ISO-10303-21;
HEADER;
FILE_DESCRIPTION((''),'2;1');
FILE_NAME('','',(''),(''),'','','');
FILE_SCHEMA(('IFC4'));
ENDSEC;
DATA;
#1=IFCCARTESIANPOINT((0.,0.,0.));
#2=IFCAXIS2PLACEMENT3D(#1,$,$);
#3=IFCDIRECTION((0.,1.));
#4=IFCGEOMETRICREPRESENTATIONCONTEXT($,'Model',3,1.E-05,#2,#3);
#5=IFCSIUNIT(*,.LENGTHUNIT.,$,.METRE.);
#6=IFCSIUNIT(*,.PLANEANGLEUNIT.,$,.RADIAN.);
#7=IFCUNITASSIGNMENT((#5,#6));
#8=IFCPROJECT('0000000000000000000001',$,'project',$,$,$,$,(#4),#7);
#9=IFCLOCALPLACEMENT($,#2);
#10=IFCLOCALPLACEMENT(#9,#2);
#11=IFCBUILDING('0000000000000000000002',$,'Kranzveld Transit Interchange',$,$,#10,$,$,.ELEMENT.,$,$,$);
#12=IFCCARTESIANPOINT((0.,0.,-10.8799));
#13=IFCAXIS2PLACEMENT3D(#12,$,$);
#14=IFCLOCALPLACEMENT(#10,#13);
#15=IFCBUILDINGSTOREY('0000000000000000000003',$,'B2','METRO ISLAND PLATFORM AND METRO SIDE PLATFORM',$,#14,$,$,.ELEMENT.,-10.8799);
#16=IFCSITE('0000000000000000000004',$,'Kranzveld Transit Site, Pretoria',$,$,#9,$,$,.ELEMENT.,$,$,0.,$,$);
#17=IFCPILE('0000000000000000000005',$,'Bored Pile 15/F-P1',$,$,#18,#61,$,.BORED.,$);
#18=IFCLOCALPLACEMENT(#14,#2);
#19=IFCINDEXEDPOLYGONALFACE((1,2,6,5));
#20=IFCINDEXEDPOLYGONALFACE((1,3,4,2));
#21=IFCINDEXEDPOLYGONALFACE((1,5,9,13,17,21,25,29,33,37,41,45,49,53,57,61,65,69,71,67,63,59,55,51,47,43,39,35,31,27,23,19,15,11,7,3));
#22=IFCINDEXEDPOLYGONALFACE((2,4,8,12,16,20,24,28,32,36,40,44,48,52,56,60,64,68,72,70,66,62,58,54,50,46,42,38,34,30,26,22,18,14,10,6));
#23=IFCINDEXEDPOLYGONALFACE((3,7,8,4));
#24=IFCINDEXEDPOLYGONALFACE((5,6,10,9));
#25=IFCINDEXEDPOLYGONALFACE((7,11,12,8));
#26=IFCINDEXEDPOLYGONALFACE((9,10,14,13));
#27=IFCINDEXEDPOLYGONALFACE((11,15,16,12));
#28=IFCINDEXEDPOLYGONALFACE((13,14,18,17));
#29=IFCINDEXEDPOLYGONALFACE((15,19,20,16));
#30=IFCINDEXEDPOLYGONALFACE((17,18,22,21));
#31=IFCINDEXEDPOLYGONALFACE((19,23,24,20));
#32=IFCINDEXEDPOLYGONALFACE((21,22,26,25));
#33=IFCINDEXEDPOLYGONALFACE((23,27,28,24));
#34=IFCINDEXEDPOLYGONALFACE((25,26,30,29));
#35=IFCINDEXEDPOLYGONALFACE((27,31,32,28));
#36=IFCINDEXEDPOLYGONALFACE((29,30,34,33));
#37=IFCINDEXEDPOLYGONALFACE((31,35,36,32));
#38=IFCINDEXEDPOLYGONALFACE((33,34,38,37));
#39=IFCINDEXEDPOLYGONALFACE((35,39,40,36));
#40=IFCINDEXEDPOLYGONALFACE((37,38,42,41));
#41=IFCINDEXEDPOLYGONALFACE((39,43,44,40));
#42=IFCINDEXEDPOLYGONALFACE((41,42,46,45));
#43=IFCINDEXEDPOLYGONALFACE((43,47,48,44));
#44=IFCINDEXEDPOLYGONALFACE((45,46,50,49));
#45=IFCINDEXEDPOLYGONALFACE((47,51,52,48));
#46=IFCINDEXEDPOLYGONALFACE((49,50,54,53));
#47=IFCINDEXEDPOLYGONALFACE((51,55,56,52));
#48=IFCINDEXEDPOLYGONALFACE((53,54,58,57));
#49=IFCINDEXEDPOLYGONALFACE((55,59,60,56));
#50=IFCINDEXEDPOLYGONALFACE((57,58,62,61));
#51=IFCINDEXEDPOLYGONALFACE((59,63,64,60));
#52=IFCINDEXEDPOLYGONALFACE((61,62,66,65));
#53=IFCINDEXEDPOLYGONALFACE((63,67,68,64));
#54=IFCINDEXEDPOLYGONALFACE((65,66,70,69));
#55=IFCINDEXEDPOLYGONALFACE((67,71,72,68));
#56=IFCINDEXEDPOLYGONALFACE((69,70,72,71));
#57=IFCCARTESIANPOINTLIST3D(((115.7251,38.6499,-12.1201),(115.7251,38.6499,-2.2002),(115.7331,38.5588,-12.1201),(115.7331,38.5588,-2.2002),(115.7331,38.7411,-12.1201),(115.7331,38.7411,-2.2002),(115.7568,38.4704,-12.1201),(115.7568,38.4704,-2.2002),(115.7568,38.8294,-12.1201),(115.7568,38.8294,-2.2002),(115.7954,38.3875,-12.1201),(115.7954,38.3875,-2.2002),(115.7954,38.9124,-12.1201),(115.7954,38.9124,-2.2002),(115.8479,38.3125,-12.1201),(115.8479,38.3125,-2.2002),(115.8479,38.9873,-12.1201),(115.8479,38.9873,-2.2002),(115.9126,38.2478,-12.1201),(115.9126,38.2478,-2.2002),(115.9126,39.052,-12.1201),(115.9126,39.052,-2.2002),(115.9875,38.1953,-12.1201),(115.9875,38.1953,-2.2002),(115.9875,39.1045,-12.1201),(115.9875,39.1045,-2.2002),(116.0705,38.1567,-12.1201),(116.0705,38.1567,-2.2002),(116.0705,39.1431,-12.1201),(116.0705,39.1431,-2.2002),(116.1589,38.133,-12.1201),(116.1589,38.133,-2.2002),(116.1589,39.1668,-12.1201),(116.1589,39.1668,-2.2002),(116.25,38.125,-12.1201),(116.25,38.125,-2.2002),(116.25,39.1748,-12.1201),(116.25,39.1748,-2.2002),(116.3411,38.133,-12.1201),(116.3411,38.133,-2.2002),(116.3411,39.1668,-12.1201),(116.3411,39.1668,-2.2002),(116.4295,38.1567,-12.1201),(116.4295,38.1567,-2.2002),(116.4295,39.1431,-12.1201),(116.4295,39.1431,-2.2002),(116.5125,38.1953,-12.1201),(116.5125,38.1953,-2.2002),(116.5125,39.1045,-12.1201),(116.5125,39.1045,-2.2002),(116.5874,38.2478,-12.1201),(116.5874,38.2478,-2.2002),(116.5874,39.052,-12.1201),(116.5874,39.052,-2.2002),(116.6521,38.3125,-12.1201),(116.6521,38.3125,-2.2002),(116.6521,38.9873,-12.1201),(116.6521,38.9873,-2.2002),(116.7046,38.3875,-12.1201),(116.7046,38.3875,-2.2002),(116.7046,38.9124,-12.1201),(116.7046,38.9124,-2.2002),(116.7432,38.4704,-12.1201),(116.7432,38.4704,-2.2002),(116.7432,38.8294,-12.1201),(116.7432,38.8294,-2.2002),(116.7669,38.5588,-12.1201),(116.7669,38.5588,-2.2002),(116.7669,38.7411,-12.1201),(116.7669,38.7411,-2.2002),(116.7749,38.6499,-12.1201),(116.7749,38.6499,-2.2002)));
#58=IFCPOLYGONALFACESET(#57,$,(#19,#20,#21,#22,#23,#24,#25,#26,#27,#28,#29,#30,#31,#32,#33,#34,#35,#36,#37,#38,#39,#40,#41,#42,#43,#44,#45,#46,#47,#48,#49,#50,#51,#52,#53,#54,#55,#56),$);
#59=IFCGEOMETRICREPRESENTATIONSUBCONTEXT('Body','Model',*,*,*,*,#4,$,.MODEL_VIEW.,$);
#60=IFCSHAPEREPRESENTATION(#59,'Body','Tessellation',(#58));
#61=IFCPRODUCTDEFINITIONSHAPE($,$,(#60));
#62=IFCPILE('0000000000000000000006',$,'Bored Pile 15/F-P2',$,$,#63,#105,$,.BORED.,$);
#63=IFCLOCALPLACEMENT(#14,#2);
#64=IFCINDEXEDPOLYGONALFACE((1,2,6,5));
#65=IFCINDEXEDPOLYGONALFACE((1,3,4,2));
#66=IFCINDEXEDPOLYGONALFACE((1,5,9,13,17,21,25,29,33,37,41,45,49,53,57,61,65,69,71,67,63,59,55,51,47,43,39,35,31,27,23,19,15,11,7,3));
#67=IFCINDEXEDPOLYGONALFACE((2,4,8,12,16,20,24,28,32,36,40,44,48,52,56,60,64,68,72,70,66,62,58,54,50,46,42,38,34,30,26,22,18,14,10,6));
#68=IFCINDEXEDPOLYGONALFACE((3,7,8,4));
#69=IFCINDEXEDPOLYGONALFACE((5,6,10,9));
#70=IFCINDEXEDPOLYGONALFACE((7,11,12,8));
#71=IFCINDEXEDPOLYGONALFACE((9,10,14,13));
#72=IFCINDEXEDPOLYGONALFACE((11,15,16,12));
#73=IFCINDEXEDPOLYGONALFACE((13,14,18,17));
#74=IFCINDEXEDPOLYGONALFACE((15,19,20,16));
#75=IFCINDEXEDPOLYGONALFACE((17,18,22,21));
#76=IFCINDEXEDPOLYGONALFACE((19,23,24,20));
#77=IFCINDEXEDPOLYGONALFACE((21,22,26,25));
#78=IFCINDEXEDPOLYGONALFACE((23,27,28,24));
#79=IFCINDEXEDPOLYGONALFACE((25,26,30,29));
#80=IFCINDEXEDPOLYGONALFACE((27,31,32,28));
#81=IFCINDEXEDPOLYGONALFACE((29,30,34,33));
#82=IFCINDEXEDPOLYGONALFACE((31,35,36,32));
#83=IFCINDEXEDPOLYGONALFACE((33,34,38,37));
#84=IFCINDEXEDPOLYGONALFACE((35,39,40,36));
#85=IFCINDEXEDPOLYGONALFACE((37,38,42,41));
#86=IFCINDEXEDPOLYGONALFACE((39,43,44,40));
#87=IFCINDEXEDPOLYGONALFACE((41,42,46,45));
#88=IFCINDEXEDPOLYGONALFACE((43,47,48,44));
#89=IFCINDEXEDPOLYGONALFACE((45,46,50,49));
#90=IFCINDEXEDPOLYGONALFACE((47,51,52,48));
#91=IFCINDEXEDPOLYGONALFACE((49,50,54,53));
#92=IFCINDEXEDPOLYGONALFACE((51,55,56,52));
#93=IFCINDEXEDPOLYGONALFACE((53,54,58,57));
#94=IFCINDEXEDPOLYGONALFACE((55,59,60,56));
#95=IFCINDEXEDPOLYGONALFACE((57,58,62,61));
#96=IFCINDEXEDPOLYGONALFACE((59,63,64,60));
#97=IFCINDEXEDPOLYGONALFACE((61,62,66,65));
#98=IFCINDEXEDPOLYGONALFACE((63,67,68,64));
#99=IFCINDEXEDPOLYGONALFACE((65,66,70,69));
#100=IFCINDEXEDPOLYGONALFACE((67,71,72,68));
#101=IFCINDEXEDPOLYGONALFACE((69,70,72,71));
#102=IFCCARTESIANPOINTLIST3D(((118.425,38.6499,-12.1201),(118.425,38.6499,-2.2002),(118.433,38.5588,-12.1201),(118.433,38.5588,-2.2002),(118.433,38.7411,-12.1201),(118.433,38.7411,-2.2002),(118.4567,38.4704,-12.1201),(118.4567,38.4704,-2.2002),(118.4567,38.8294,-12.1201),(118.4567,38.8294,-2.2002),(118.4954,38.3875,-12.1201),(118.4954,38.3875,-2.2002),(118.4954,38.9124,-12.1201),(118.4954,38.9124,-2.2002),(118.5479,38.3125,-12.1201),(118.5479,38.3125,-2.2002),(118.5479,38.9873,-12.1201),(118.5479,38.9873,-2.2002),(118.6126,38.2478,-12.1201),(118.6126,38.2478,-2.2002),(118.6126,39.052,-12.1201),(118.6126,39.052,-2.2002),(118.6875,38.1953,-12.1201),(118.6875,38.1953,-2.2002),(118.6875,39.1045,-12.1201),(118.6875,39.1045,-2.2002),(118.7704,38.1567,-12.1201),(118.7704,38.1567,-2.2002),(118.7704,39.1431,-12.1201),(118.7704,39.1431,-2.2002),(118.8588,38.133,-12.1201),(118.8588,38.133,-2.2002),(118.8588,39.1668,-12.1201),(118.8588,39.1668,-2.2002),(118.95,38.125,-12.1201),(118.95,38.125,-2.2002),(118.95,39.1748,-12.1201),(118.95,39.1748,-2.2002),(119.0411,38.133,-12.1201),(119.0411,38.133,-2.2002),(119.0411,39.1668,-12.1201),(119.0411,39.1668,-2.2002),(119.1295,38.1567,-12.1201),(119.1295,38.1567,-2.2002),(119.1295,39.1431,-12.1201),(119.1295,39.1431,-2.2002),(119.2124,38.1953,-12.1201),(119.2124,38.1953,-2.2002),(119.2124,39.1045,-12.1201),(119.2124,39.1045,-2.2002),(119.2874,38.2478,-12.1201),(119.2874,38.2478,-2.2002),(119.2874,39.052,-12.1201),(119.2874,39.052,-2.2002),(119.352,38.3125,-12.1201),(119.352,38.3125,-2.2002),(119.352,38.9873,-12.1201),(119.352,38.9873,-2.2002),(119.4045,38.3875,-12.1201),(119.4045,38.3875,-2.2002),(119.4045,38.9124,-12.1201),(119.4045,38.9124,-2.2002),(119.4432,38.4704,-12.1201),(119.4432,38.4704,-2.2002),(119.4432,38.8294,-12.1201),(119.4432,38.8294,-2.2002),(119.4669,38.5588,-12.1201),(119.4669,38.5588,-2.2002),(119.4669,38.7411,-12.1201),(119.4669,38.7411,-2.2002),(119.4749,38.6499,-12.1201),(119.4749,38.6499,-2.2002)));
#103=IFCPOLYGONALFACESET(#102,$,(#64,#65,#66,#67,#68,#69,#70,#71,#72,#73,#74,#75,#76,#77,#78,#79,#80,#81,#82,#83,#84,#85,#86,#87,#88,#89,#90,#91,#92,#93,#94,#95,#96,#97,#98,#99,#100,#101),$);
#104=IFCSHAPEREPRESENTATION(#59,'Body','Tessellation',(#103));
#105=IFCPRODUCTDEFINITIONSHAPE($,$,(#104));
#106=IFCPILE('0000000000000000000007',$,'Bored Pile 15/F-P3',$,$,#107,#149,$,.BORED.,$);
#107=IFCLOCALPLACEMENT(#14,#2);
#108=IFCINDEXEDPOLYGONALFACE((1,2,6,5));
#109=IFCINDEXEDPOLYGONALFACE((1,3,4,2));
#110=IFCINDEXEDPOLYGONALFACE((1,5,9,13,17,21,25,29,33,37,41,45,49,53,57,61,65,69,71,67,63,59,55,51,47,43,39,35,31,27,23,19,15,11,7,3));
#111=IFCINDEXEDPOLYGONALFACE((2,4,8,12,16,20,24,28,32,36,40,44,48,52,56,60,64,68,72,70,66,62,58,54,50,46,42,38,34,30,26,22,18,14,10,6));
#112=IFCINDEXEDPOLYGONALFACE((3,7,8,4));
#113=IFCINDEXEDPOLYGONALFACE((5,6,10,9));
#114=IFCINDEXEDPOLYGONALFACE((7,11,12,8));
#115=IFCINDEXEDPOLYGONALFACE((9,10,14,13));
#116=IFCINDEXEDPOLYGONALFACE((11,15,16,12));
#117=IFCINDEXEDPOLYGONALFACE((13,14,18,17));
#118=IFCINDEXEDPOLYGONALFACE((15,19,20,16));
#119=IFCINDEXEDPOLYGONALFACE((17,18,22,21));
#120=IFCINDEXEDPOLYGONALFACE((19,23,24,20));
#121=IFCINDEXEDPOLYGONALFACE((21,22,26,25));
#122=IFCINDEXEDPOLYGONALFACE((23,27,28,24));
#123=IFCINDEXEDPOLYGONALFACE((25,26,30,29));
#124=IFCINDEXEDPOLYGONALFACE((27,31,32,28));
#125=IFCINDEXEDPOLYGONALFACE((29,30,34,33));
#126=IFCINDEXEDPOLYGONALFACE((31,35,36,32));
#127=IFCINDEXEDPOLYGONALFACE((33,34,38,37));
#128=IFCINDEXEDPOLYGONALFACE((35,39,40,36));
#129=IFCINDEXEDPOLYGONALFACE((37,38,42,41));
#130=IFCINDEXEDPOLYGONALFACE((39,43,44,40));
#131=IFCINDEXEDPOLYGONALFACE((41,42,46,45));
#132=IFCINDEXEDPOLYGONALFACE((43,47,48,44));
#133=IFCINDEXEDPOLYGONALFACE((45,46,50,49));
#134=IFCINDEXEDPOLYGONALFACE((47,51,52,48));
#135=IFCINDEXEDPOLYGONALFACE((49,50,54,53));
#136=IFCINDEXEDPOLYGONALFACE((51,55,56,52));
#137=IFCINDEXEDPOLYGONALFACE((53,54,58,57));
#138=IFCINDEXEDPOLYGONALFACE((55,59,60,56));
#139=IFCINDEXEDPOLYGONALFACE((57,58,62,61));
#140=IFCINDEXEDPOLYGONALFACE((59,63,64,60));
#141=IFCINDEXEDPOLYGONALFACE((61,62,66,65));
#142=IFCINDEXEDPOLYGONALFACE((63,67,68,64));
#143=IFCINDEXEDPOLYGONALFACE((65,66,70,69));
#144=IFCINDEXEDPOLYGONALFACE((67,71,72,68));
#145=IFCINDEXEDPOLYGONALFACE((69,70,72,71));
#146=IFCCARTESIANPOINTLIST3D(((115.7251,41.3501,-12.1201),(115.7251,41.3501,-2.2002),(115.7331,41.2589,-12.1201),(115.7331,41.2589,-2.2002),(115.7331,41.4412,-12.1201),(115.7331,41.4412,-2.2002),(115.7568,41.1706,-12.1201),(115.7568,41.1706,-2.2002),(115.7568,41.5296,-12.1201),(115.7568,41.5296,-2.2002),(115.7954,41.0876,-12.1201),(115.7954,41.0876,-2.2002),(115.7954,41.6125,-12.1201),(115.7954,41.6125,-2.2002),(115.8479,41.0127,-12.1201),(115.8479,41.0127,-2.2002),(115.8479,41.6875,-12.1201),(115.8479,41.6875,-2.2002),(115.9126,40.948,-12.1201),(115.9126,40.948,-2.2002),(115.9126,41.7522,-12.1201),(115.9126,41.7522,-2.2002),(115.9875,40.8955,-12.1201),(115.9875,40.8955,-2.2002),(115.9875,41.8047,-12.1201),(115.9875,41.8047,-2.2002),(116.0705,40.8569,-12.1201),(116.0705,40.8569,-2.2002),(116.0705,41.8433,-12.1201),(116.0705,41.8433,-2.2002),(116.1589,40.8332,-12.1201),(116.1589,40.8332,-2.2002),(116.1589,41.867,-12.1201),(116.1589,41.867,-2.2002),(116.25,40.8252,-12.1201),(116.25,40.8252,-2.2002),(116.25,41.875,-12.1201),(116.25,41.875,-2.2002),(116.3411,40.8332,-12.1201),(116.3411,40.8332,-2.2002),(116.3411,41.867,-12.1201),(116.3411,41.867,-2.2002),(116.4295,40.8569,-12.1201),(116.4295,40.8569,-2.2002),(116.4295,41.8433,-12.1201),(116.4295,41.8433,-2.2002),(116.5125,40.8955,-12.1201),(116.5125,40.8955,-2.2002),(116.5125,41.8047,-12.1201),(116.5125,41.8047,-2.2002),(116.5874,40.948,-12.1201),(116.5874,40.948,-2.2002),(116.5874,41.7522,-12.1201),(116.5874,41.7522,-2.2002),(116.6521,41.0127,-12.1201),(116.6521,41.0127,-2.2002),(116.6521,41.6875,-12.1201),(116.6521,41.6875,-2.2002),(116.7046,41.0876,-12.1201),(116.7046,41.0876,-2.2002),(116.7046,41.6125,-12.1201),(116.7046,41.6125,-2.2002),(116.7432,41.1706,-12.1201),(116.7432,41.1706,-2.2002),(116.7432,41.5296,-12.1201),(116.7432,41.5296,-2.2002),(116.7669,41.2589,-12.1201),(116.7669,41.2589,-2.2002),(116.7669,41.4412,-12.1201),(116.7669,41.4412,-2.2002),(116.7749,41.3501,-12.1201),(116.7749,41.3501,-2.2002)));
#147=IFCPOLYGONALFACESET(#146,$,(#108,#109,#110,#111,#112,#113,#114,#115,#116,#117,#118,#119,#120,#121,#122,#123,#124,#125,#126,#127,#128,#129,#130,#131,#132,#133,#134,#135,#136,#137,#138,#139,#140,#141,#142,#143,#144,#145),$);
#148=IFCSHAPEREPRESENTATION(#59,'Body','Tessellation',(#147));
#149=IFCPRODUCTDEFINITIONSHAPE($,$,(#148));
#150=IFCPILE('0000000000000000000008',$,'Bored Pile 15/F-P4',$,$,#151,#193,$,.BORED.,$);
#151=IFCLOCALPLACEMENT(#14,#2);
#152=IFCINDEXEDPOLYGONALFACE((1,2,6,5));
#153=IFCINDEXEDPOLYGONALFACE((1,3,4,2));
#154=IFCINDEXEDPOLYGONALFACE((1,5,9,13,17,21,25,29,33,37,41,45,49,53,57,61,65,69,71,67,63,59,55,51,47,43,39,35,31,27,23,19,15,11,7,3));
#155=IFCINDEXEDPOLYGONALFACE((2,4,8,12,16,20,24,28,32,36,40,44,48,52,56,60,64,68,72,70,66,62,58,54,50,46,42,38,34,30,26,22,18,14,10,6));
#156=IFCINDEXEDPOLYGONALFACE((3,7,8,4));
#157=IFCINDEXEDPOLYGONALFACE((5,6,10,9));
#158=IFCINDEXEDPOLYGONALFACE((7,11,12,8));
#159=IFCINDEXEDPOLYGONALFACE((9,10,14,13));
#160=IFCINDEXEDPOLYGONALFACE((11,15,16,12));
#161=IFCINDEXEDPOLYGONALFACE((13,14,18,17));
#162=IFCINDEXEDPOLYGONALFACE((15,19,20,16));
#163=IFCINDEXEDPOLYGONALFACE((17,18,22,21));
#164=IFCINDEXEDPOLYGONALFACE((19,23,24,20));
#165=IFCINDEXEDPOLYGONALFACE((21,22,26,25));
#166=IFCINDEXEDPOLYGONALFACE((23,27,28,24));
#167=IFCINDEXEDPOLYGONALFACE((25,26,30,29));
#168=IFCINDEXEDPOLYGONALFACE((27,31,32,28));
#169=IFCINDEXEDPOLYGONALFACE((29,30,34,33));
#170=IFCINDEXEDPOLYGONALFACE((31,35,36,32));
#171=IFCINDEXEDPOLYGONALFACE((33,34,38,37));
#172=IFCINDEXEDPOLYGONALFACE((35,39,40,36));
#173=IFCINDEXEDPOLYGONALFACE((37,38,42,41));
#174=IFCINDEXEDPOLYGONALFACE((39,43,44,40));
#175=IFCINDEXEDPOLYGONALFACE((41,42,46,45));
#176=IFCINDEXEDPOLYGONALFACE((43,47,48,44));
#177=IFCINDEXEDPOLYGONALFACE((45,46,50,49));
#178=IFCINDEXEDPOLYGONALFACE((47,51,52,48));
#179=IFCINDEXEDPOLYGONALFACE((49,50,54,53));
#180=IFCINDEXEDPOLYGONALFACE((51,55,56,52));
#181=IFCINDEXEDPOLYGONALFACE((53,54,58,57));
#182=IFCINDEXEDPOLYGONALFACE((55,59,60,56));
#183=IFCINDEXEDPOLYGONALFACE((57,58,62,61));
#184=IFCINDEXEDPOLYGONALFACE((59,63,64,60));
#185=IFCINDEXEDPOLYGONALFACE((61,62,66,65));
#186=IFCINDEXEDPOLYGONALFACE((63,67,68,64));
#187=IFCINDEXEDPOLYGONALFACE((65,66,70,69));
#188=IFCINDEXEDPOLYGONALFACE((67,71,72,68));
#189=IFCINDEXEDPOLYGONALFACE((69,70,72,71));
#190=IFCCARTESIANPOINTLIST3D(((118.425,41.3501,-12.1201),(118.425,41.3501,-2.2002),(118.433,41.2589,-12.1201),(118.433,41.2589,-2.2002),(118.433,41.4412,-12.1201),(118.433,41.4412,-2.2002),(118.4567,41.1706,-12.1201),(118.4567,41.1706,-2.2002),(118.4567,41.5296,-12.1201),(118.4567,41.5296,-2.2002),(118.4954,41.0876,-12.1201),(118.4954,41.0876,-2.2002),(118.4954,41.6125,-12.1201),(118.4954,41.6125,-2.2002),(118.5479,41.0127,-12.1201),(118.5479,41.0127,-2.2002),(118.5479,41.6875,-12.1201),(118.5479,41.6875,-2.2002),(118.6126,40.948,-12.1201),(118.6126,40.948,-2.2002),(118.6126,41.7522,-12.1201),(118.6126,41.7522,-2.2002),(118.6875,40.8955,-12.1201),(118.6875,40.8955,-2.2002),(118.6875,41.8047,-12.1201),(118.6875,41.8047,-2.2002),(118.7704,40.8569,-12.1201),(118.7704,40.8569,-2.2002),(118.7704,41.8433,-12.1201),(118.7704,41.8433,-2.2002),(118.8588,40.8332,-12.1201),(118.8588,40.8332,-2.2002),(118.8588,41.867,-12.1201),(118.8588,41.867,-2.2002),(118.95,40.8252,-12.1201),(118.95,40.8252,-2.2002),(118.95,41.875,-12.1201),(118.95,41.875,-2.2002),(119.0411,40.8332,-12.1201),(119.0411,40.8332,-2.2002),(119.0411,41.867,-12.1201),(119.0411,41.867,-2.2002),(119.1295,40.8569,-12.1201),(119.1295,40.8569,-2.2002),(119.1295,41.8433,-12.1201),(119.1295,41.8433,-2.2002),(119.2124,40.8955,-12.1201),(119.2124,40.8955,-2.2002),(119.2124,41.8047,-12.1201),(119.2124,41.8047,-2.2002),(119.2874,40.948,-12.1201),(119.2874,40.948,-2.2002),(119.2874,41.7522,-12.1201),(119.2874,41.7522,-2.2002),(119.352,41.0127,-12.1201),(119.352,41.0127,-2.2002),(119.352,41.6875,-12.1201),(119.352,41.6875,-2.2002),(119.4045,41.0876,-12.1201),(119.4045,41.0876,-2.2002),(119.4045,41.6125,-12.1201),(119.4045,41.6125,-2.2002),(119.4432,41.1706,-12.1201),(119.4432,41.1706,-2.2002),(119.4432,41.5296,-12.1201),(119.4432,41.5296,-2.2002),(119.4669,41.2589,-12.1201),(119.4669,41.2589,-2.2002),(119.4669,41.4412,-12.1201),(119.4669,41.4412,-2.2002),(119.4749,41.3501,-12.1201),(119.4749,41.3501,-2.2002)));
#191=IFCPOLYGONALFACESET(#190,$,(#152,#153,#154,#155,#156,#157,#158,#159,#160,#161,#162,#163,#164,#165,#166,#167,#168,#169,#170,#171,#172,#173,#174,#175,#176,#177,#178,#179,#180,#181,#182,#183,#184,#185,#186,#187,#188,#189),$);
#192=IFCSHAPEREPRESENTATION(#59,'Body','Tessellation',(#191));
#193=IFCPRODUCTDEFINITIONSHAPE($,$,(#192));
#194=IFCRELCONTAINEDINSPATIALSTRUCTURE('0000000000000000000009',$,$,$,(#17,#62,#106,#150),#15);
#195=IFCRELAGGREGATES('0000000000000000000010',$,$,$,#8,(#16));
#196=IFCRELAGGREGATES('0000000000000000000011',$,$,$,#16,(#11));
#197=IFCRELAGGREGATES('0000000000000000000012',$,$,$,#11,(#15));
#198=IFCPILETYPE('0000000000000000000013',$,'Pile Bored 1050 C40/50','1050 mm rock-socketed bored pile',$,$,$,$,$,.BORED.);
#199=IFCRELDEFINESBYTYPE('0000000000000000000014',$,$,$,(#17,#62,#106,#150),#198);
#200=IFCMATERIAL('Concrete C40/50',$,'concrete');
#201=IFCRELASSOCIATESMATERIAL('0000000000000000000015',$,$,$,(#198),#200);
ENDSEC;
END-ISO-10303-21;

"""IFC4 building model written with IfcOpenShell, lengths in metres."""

from ifc_helpers import new_model, si_unit, direction, frame, origin, origin_2d, place, context, subcontext, project, spatial, circle, extrude, material, material_profile, profile_set, type_object, element, save


model = new_model("IFC4")

# Units and contexts
model_context = context("Model", 3, precision=1e-05, world=origin(), true_north=direction((0.0, 1.0)))
body_context = subcontext(model_context, "Body", "Model", "MODEL_VIEW")
ifc_project = project(units=[si_unit("LENGTHUNIT", "METRE"), si_unit("PLANEANGLEUNIT", "RADIAN")], contexts=[model_context])

# Site, building, storey
site_placement = place(None, origin())
site = spatial("IfcSite", under=ifc_project, at=site_placement, Name="Kranzveld Transit Site, Pretoria", CompositionType="ELEMENT", RefElevation=0.0)
building_placement = place(site_placement, origin())
building = spatial("IfcBuilding", under=site, at=building_placement, Name="Kranzveld Transit Interchange", CompositionType="ELEMENT")
storey_placement = place(building_placement, frame((0.0, 0.0, -10.8799)))
storey = spatial("IfcBuildingStorey", under=building, at=storey_placement, Name="B2", Description="METRO ISLAND PLATFORM AND METRO SIDE PLATFORM", CompositionType="ELEMENT", Elevation=-10.8799)

# Piles
ifc_material_1 = material(Name="Concrete C40/50", Category="concrete")
ifc_material_profile_1 = material_profile(ifc_material_1, circle(Radius=0.5249, at=origin_2d()), Name="BORED PILE 1050")
ifc_profile_set_1 = profile_set([ifc_material_profile_1], Name="Concrete C40/50")
pile_type = type_object("IfcPileType", Name="Pile Bored 1050 C40/50", Description="1050 mm rock-socketed bored pile", PredefinedType="BORED", material=ifc_profile_set_1)
for number, where, z_axis, x_axis, name in (
    (1, (116.25, 38.6499, -2.2002), (0.0, 0.0, -1.0), (1.0, 0.0, 0.0), "Bored Pile 15/F-P1"),
    (2, (118.95, 38.6499, -2.2002), (0.0, 0.0, -1.0), (1.0, 0.0, 0.0), "Bored Pile 15/F-P2"),
    (3, (116.25, 41.3501, -2.2002), (0.0, 0.0, -1.0), (1.0, 0.0, 0.0), "Bored Pile 15/F-P3"),
    (4, (118.95, 41.3501, -2.2002), (0.0, 0.0, -1.0), (1.0, 0.0, 0.0), "Bored Pile 15/F-P4"),
):
    element("IfcPile", number, at=place(storey_placement, frame(where, z_axis=z_axis, x_axis=x_axis)), inside=storey, type_object=pile_type, Name=name, PredefinedType="BORED", context=body_context, shape_type="SweptSolid", body=[
        extrude(circle(Radius=0.5249, at=origin_2d()), origin(), (0.0, 0.0, 1.0), 9.9199),
    ])

save(model, "model.ifc")
